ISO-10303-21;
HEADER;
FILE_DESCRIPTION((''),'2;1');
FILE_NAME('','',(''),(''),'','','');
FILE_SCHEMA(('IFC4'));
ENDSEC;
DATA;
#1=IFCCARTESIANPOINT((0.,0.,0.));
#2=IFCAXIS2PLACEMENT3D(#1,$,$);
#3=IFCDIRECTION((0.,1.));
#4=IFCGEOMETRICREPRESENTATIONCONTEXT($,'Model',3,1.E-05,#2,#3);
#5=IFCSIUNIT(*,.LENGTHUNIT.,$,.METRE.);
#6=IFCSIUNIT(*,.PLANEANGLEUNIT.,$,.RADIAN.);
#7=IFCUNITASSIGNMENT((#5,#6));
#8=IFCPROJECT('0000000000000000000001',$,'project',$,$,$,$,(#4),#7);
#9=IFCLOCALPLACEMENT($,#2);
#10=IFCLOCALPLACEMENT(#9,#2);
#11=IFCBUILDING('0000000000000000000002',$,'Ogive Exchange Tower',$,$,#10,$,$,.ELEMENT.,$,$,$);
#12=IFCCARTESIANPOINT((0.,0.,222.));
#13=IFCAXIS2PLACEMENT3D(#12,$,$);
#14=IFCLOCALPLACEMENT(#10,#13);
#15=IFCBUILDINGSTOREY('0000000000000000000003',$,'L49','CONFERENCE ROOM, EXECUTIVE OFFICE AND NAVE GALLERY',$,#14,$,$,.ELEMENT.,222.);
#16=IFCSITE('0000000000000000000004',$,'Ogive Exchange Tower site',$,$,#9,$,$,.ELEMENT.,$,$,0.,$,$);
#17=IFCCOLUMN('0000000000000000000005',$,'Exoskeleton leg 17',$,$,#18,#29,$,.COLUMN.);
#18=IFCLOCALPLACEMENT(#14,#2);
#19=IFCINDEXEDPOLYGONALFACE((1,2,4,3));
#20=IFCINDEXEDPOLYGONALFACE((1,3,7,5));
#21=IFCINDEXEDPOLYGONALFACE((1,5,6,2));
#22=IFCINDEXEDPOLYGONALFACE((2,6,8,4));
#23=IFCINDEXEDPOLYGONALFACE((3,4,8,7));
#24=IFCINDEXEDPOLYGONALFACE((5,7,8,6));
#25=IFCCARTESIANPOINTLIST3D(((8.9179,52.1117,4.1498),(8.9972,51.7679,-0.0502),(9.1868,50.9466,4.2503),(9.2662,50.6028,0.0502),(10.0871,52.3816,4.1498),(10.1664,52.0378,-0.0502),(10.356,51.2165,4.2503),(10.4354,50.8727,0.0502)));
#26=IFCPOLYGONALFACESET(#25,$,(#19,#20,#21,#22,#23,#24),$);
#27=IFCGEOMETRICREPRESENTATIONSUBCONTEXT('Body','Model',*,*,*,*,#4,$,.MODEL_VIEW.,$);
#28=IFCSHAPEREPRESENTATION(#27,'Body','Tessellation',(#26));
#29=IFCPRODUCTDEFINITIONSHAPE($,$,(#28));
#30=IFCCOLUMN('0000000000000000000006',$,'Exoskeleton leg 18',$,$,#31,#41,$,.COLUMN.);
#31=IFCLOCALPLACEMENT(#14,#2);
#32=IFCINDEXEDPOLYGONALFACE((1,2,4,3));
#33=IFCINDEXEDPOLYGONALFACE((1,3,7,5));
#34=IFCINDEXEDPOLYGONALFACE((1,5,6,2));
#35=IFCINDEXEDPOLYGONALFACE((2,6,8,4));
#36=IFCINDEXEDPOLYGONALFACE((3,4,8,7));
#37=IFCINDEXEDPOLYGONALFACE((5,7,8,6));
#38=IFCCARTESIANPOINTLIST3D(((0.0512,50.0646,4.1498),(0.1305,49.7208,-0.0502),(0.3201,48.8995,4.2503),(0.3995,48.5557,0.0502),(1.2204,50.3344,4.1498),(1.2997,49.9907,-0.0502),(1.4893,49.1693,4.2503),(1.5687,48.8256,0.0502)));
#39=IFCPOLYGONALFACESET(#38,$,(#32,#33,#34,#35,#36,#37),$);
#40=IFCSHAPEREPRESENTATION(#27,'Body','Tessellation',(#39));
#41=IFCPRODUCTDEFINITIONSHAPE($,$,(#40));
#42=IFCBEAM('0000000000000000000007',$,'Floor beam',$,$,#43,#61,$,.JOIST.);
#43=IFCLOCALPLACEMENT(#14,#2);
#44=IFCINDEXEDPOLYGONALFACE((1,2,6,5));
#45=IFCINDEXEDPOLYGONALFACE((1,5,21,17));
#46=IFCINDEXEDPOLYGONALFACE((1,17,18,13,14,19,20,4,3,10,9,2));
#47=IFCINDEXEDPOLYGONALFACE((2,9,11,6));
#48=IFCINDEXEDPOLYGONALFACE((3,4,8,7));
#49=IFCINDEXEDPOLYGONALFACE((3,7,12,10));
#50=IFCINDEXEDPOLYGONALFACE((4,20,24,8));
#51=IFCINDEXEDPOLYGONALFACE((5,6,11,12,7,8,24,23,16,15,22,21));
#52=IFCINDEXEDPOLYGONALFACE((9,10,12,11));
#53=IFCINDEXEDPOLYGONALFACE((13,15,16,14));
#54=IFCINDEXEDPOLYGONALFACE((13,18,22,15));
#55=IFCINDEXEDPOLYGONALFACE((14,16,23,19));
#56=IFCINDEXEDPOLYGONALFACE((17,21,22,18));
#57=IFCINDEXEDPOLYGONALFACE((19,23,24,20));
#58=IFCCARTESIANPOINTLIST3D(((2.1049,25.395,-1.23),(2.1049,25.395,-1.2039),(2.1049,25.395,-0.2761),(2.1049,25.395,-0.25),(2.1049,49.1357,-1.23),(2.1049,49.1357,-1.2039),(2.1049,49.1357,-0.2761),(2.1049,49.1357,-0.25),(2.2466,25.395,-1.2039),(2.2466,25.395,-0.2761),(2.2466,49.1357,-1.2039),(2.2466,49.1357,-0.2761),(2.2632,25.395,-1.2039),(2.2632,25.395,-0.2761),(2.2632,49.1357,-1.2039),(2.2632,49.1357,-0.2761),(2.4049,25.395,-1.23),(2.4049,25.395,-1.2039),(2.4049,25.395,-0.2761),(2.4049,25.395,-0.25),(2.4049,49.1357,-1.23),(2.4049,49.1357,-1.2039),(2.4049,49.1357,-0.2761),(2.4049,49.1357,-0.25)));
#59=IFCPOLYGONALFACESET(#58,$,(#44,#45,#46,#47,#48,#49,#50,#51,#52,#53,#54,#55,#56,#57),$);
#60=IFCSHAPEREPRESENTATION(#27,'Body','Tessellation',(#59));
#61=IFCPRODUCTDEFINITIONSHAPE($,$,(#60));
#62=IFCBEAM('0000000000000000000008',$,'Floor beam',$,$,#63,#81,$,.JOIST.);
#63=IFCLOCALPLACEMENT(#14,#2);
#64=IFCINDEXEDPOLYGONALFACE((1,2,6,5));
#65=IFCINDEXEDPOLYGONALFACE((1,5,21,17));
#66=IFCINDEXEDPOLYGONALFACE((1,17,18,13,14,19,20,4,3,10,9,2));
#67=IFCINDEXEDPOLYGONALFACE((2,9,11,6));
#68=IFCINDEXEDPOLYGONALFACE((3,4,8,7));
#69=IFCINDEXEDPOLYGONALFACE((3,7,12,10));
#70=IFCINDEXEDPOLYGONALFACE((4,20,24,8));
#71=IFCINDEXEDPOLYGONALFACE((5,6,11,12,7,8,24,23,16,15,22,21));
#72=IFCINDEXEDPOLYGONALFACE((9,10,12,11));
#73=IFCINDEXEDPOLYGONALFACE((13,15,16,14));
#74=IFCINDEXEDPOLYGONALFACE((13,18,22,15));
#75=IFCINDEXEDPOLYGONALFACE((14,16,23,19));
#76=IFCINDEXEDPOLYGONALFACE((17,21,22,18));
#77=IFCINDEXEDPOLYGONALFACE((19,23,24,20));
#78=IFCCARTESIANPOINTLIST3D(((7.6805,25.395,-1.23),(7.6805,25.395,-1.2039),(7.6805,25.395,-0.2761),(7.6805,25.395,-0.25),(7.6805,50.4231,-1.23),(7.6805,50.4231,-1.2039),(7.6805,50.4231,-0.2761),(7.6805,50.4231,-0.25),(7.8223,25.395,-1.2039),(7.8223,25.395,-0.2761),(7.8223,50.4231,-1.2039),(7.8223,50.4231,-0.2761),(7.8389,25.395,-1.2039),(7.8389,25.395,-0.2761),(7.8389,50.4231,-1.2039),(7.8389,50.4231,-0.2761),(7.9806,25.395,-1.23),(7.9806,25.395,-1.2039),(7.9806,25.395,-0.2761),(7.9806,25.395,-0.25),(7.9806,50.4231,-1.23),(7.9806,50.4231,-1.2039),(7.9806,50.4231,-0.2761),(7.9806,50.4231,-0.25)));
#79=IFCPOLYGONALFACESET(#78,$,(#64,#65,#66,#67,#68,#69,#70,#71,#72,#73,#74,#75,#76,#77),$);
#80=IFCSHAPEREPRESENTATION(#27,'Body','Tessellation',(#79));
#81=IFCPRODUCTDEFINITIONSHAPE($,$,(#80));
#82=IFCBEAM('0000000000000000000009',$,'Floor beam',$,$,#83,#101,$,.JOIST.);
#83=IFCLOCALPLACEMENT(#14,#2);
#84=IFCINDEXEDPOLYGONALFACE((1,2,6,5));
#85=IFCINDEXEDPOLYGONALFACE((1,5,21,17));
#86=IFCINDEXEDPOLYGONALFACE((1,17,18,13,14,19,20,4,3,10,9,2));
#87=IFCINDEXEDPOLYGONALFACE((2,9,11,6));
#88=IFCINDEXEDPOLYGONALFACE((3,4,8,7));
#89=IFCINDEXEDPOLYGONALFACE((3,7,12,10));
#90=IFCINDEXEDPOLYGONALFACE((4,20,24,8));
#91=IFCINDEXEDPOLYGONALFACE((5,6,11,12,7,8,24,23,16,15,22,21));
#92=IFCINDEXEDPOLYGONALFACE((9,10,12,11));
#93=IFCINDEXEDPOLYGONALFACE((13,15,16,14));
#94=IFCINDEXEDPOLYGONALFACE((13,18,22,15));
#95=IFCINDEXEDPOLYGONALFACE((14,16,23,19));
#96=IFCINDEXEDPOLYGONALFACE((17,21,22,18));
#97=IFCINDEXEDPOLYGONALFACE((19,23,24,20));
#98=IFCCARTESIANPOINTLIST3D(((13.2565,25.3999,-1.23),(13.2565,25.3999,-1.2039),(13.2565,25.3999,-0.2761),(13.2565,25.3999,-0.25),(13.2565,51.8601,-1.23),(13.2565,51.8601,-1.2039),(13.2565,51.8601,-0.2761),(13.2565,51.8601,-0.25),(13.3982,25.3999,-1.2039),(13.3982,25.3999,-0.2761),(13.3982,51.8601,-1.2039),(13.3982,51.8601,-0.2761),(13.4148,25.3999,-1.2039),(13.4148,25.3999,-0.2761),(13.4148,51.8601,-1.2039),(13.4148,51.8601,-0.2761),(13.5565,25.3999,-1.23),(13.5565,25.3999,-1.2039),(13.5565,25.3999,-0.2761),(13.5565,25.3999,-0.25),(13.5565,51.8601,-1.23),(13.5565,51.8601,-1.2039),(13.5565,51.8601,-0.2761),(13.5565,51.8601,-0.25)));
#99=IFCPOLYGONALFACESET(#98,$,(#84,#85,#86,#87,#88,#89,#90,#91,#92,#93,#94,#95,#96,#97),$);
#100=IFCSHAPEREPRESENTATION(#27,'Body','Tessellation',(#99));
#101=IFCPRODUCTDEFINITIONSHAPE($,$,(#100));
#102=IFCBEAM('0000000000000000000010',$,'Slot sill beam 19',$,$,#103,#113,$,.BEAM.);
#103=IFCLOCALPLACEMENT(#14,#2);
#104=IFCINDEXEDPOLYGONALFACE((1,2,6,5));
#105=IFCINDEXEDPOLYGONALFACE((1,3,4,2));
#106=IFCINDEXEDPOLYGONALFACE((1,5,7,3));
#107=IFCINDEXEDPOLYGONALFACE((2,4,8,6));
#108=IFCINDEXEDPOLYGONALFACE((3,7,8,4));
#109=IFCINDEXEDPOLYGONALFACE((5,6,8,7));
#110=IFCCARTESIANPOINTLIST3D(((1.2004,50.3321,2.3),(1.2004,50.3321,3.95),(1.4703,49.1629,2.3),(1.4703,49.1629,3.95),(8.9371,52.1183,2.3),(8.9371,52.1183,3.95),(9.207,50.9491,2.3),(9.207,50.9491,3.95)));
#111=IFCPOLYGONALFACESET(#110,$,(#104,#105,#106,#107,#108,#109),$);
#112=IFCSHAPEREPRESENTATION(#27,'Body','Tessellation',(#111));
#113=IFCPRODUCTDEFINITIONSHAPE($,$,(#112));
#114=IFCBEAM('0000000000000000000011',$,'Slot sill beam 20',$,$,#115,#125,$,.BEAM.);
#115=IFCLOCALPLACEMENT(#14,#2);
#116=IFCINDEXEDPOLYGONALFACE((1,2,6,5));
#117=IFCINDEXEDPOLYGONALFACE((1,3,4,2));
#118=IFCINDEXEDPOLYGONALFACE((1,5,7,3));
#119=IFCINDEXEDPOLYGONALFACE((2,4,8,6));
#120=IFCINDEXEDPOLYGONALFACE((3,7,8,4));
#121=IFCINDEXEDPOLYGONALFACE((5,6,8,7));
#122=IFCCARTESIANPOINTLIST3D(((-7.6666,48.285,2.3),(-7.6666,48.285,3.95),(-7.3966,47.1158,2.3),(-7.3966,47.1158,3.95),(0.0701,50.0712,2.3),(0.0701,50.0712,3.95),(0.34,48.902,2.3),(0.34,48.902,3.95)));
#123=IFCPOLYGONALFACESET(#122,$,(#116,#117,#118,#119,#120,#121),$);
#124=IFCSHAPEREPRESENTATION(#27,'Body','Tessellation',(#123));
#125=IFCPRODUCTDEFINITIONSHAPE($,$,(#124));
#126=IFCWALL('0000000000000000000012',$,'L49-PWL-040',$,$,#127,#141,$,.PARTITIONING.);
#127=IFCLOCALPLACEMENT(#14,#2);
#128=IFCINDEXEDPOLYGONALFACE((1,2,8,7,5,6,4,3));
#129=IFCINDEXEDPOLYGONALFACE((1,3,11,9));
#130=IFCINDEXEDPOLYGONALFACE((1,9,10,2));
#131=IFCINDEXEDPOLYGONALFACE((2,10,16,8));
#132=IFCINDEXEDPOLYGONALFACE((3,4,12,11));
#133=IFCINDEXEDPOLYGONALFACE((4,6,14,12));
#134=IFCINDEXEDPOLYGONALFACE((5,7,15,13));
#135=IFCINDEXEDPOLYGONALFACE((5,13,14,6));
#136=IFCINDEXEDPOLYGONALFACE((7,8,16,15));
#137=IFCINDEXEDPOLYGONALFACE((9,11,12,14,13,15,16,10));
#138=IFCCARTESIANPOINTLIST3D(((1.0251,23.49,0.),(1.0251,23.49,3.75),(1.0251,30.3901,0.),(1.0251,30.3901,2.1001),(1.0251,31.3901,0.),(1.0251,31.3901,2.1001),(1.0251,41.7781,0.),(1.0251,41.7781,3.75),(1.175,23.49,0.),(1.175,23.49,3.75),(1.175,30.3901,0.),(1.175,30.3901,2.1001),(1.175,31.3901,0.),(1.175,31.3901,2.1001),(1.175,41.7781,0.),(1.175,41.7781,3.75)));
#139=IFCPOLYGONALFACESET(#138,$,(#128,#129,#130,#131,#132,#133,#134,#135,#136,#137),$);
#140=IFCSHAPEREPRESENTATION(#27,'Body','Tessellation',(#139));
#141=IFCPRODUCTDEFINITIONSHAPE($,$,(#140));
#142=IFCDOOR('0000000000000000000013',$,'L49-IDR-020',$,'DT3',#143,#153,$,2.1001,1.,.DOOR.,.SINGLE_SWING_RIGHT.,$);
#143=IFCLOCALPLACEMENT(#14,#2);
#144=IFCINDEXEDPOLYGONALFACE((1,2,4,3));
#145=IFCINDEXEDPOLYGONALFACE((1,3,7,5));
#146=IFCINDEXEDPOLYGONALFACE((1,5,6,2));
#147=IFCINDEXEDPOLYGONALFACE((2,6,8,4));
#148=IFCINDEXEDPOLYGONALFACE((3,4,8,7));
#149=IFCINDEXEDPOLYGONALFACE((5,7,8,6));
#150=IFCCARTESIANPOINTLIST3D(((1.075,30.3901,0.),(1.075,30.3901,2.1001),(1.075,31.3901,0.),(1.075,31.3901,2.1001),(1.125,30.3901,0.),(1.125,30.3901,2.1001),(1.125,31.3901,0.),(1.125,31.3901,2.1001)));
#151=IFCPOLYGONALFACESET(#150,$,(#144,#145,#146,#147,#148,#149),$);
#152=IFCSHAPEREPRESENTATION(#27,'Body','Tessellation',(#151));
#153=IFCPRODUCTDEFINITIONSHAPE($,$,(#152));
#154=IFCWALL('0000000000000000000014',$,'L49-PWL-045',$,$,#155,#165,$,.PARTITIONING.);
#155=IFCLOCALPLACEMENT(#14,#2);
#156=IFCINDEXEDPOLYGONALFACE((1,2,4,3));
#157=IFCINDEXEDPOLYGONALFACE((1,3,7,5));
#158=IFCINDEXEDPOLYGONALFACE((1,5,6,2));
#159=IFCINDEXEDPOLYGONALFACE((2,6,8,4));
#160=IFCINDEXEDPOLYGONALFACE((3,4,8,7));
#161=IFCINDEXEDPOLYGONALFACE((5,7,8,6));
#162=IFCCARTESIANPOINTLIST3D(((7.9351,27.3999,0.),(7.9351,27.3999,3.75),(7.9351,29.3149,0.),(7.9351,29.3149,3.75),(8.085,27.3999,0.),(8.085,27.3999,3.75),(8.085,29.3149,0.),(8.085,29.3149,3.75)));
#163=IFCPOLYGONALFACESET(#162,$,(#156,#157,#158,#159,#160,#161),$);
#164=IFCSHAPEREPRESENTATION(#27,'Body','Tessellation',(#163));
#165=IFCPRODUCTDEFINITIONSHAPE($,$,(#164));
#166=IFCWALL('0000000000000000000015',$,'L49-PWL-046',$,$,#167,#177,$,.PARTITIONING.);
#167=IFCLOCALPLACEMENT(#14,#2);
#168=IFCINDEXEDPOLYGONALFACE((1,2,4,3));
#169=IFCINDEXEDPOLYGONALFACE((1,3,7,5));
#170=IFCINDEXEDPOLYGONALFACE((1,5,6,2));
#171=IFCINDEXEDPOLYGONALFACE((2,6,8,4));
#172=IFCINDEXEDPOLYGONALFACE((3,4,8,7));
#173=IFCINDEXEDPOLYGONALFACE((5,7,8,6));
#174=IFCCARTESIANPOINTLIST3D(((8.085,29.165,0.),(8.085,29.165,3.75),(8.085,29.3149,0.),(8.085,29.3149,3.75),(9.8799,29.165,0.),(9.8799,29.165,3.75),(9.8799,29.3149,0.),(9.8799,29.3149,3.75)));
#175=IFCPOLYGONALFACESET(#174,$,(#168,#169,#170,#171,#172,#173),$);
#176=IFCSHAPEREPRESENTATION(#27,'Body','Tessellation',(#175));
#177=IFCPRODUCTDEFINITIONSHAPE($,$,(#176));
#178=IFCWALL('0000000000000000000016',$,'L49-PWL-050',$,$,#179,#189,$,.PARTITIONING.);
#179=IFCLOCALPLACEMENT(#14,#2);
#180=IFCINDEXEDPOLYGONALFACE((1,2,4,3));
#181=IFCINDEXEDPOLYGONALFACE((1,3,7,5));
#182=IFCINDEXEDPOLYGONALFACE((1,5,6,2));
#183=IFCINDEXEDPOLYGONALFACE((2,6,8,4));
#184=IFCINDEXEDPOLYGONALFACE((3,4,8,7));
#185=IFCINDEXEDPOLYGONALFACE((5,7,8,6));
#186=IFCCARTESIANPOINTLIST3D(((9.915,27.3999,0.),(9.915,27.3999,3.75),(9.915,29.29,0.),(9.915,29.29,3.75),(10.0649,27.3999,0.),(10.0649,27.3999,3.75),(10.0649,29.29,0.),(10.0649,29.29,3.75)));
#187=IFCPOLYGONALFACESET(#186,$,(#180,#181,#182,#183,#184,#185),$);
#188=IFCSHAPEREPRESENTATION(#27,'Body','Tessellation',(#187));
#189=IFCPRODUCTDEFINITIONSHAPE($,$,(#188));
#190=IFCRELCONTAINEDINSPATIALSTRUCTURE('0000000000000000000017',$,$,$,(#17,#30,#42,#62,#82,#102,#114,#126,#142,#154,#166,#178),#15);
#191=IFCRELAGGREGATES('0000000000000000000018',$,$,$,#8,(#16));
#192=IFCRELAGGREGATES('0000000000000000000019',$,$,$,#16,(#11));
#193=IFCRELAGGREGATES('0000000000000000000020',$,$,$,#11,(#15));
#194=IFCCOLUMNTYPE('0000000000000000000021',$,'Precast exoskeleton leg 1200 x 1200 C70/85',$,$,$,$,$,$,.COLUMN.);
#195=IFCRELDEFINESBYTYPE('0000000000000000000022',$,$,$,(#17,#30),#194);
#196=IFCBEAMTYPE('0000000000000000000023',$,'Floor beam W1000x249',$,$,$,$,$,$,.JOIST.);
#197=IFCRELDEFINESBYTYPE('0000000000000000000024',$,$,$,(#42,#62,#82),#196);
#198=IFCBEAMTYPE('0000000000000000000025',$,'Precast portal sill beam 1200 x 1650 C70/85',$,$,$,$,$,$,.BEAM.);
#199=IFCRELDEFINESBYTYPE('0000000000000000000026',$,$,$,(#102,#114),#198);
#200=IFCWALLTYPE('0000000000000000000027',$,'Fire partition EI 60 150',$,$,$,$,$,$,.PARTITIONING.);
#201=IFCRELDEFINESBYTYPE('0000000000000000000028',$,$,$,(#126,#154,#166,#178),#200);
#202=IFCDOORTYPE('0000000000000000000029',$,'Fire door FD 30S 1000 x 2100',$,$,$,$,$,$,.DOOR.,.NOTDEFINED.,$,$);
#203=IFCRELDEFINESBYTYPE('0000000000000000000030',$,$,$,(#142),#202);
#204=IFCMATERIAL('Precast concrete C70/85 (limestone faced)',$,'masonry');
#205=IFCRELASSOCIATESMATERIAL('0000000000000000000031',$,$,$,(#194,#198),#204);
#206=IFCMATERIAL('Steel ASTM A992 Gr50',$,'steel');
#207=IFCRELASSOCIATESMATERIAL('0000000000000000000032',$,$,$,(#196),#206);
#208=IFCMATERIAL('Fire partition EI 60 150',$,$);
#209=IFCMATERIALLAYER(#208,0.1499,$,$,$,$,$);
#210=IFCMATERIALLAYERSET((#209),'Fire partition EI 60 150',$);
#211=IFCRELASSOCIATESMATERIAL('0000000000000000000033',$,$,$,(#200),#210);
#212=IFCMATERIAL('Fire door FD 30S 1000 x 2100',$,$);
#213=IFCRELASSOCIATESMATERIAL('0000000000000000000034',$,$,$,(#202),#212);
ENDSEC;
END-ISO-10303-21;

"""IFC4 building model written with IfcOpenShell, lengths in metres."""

from ifc_helpers import new_model, si_unit, direction, frame, frame_2d, origin, origin_2d, place, context, subcontext, project, spatial, rectangle, i_section, extrude, material, layer, layer_set, material_profile, profile_set, type_object, element, fill, save


model = new_model("IFC4")

# Units and contexts
model_context = context("Model", 3, precision=1e-05, world=origin(), true_north=direction((0.0, 1.0)))
body_context = subcontext(model_context, "Body", "Model", "MODEL_VIEW")
ifc_project = project(units=[si_unit("LENGTHUNIT", "METRE"), si_unit("PLANEANGLEUNIT", "RADIAN")], contexts=[model_context])

# Site, building, storey
site_placement = place(None, origin())
site = spatial("IfcSite", under=ifc_project, at=site_placement, Name="Ogive Exchange Tower site", CompositionType="ELEMENT", RefElevation=0.0)
building_placement = place(site_placement, origin())
building = spatial("IfcBuilding", under=site, at=building_placement, Name="Ogive Exchange Tower", CompositionType="ELEMENT")
storey_placement = place(building_placement, frame((0.0, 0.0, 222.0)))
storey = spatial("IfcBuildingStorey", under=building, at=storey_placement, Name="L49", Description="CONFERENCE ROOM, EXECUTIVE OFFICE AND NAVE GALLERY", CompositionType="ELEMENT", Elevation=222.0)

# Columns
ifc_material_1 = material(Name="Precast concrete C70/85 (limestone faced)", Category="masonry")
ifc_material_profile_1 = material_profile(ifc_material_1, rectangle(XDim=1.2, YDim=1.2, at=origin_2d()), Name="1200 x 1200")
ifc_profile_set_1 = profile_set([ifc_material_profile_1], Name="Precast concrete C70/85 (limestone faced)")
column_type = type_object("IfcColumnType", Name="Precast exoskeleton leg 1200 x 1200 C70/85", PredefinedType="COLUMN", material=ifc_profile_set_1)
for number, where, z_axis, x_axis, name in (
    (1, (9.7163, 51.3203, 0.0), (-0.018826, 0.081559, 0.996491), (-0.97438, -0.22491, 0.0), "Exoskeleton leg 17"),
    (2, (0.8496, 49.2732, 0.0), (-0.018826, 0.081559, 0.996491), (-0.97438, -0.22491, 0.0), "Exoskeleton leg 18"),
):
    element("IfcColumn", number, at=place(storey_placement, frame(where, z_axis=z_axis, x_axis=x_axis)), inside=storey, type_object=column_type, Name=name, PredefinedType="COLUMN", context=body_context, shape_type="SweptSolid", body=[
        extrude(rectangle(XDim=1.2, YDim=1.2, at=origin_2d()), origin(), (0.0, 0.0, 1.0), 4.2148),
    ])

# Beams
ifc_material_2 = material(Name="Steel ASTM A992 Gr50", Category="steel")
ifc_material_profile_2 = material_profile(ifc_material_2, i_section(OverallWidth=0.3, OverallDepth=0.98, WebThickness=0.0166, FlangeThickness=0.0261, at=origin_2d()), Name="W1000x249")
ifc_profile_set_2 = profile_set([ifc_material_profile_2], Name="Steel ASTM A992 Gr50")
beam_type_1 = type_object("IfcBeamType", Name="Floor beam W1000x249", PredefinedType="JOIST", material=ifc_profile_set_2)
beam_1_placement = place(storey_placement, frame((2.2549, 25.395, -0.74), z_axis=(0.0, 1.0, 0.0), x_axis=(-1.0, 0.0, 0.0)))
element("IfcBeam", 3, at=beam_1_placement, inside=storey, type_object=beam_type_1, Name="Floor beam", PredefinedType="JOIST", context=body_context, shape_type="SweptSolid", body=[
    extrude(i_section(OverallWidth=0.3, OverallDepth=0.98, WebThickness=0.0166, FlangeThickness=0.0261, at=origin_2d()), origin(), (0.0, 0.0, 1.0), 23.7407),
])
beam_2_placement = place(storey_placement, frame((7.8306, 25.395, -0.74), z_axis=(0.0, 1.0, 0.0), x_axis=(-1.0, 0.0, 0.0)))
element("IfcBeam", 4, at=beam_2_placement, inside=storey, type_object=beam_type_1, Name="Floor beam", PredefinedType="JOIST", context=body_context, shape_type="SweptSolid", body=[
    extrude(i_section(OverallWidth=0.3, OverallDepth=0.98, WebThickness=0.0166, FlangeThickness=0.0261, at=origin_2d()), origin(), (0.0, 0.0, 1.0), 25.0281),
])
beam_3_placement = place(storey_placement, frame((13.4065, 25.3999, -0.74), z_axis=(0.0, 1.0, 0.0), x_axis=(-1.0, 0.0, 0.0)))
element("IfcBeam", 5, at=beam_3_placement, inside=storey, type_object=beam_type_1, Name="Floor beam", PredefinedType="JOIST", context=body_context, shape_type="SweptSolid", body=[
    extrude(i_section(OverallWidth=0.3, OverallDepth=0.98, WebThickness=0.0166, FlangeThickness=0.0261, at=origin_2d()), origin(), (0.0, 0.0, 1.0), 26.4602),
])
ifc_material_profile_3 = material_profile(ifc_material_1, rectangle(XDim=1.2, YDim=1.6499, at=origin_2d()), Name="1200 x 1650")
ifc_profile_set_3 = profile_set([ifc_material_profile_3], Name="Precast concrete C70/85 (limestone faced)")
beam_type_2 = type_object("IfcBeamType", Name="Precast portal sill beam 1200 x 1650 C70/85", PredefinedType="BEAM", material=ifc_profile_set_3)
for number, where, z_axis, x_axis, name in (
    (6, (9.072, 51.5337, 3.125), (-0.97437, -0.224952, 0.0), (0.224952, -0.97437, 0.0), "Slot sill beam 19"),
    (7, (0.2051, 49.4866, 3.125), (-0.97437, -0.224952, 0.0), (0.224952, -0.97437, 0.0), "Slot sill beam 20"),
):
    element("IfcBeam", number, at=place(storey_placement, frame(where, z_axis=z_axis, x_axis=x_axis)), inside=storey, type_object=beam_type_2, Name=name, PredefinedType="BEAM", context=body_context, shape_type="SweptSolid", body=[
        extrude(rectangle(XDim=1.2, YDim=1.6499, at=origin_2d()), origin(), (0.0, 0.0, 1.0), 7.9402),
    ])

# Wall, opening, door
ifc_material_3 = material(Name="Fire partition EI 60 150")
ifc_layer_1 = layer(ifc_material_3, 0.1499)
ifc_layer_set_1 = layer_set([ifc_layer_1], Name="Fire partition EI 60 150")
wall_type_1 = type_object("IfcWallType", Name="Fire partition EI 60 150", PredefinedType="PARTITIONING", material=ifc_layer_set_1)
wall_1_placement = place(storey_placement, frame((1.1001, 41.7781, 0.0), z_axis=(0.0, 0.0, 1.0), x_axis=(0.0, -1.0, 0.0)))
wall_1 = element("IfcWall", 8, at=wall_1_placement, inside=storey, type_object=wall_type_1, Name="L49-PWL-040", PredefinedType="PARTITIONING", context=body_context, shape_type="SweptSolid", body=[
    extrude(rectangle(XDim=18.2881, YDim=0.1499, at=frame_2d((9.144, 0.0))), origin(), (0.0, 0.0, 1.0), 3.75),
])
opening_1_placement = place(wall_1_placement, frame((10.3879, 0.0, 0.0)))
opening_1 = element("IfcOpeningElement", 9, at=opening_1_placement, cuts=wall_1, PredefinedType="OPENING", context=body_context, shape_type="SweptSolid", body=[
    extrude(rectangle(XDim=1.0, YDim=2.1001, at=frame_2d((0.5, 1.05))), frame((0.0, 0.085, 0.0), z_axis=(0.0, -1.0, 0.0), x_axis=(1.0, 0.0, 0.0)), (0.0, 0.0, 1.0), 0.1699),
])
ifc_material_4 = material(Name="Fire door FD 30S 1000 x 2100")
door_type_1 = type_object("IfcDoorType", Name="Fire door FD 30S 1000 x 2100", OperationType="NOTDEFINED", PredefinedType="DOOR", material=ifc_material_4)
door_1_placement = place(opening_1_placement, origin())
door_1 = element("IfcDoor", 10, at=door_1_placement, inside=storey, type_object=door_type_1, Name="L49-IDR-020", ObjectType="DT3", OperationType="SINGLE_SWING_RIGHT", OverallHeight=2.1001, OverallWidth=1.0, PredefinedType="DOOR", context=body_context, shape_type="SweptSolid", body=[
    extrude(rectangle(XDim=1.0, YDim=2.1001, at=frame_2d((0.5, 1.05))), frame((0.0, 0.0249, 0.0), z_axis=(0.0, -1.0, 0.0), x_axis=(1.0, 0.0, 0.0)), (0.0, 0.0, 1.0), 0.05),
])
fill(opening_1, door_1)

# Walls
wall_2_placement = place(storey_placement, frame((8.01, 27.3999, 0.0), z_axis=(0.0, 0.0, 1.0), x_axis=(0.0, 1.0, 0.0)))
element("IfcWall", 11, at=wall_2_placement, inside=storey, type_object=wall_type_1, Name="L49-PWL-045", PredefinedType="PARTITIONING", context=body_context, shape_type="SweptSolid", body=[
    extrude(rectangle(XDim=1.915, YDim=0.1499, at=frame_2d((0.9575, 0.0))), origin(), (0.0, 0.0, 1.0), 3.75),
])
wall_3_placement = place(storey_placement, frame((8.085, 29.24, 0.0), z_axis=(0.0, 0.0, 1.0), x_axis=(1.0, 0.0, 0.0)))
element("IfcWall", 12, at=wall_3_placement, inside=storey, type_object=wall_type_1, Name="L49-PWL-046", PredefinedType="PARTITIONING", context=body_context, shape_type="SweptSolid", body=[
    extrude(rectangle(XDim=1.7949, YDim=0.1499, at=frame_2d((0.8975, 0.0))), origin(), (0.0, 0.0, 1.0), 3.75),
])
wall_4_placement = place(storey_placement, frame((9.99, 29.29, 0.0), z_axis=(0.0, 0.0, 1.0), x_axis=(0.0, -1.0, 0.0)))
element("IfcWall", 13, at=wall_4_placement, inside=storey, type_object=wall_type_1, Name="L49-PWL-050", PredefinedType="PARTITIONING", context=body_context, shape_type="SweptSolid", body=[
    extrude(rectangle(XDim=1.8901, YDim=0.1499, at=frame_2d((0.9451, 0.0))), origin(), (0.0, 0.0, 1.0), 3.75),
])

save(model, "model.ifc")
